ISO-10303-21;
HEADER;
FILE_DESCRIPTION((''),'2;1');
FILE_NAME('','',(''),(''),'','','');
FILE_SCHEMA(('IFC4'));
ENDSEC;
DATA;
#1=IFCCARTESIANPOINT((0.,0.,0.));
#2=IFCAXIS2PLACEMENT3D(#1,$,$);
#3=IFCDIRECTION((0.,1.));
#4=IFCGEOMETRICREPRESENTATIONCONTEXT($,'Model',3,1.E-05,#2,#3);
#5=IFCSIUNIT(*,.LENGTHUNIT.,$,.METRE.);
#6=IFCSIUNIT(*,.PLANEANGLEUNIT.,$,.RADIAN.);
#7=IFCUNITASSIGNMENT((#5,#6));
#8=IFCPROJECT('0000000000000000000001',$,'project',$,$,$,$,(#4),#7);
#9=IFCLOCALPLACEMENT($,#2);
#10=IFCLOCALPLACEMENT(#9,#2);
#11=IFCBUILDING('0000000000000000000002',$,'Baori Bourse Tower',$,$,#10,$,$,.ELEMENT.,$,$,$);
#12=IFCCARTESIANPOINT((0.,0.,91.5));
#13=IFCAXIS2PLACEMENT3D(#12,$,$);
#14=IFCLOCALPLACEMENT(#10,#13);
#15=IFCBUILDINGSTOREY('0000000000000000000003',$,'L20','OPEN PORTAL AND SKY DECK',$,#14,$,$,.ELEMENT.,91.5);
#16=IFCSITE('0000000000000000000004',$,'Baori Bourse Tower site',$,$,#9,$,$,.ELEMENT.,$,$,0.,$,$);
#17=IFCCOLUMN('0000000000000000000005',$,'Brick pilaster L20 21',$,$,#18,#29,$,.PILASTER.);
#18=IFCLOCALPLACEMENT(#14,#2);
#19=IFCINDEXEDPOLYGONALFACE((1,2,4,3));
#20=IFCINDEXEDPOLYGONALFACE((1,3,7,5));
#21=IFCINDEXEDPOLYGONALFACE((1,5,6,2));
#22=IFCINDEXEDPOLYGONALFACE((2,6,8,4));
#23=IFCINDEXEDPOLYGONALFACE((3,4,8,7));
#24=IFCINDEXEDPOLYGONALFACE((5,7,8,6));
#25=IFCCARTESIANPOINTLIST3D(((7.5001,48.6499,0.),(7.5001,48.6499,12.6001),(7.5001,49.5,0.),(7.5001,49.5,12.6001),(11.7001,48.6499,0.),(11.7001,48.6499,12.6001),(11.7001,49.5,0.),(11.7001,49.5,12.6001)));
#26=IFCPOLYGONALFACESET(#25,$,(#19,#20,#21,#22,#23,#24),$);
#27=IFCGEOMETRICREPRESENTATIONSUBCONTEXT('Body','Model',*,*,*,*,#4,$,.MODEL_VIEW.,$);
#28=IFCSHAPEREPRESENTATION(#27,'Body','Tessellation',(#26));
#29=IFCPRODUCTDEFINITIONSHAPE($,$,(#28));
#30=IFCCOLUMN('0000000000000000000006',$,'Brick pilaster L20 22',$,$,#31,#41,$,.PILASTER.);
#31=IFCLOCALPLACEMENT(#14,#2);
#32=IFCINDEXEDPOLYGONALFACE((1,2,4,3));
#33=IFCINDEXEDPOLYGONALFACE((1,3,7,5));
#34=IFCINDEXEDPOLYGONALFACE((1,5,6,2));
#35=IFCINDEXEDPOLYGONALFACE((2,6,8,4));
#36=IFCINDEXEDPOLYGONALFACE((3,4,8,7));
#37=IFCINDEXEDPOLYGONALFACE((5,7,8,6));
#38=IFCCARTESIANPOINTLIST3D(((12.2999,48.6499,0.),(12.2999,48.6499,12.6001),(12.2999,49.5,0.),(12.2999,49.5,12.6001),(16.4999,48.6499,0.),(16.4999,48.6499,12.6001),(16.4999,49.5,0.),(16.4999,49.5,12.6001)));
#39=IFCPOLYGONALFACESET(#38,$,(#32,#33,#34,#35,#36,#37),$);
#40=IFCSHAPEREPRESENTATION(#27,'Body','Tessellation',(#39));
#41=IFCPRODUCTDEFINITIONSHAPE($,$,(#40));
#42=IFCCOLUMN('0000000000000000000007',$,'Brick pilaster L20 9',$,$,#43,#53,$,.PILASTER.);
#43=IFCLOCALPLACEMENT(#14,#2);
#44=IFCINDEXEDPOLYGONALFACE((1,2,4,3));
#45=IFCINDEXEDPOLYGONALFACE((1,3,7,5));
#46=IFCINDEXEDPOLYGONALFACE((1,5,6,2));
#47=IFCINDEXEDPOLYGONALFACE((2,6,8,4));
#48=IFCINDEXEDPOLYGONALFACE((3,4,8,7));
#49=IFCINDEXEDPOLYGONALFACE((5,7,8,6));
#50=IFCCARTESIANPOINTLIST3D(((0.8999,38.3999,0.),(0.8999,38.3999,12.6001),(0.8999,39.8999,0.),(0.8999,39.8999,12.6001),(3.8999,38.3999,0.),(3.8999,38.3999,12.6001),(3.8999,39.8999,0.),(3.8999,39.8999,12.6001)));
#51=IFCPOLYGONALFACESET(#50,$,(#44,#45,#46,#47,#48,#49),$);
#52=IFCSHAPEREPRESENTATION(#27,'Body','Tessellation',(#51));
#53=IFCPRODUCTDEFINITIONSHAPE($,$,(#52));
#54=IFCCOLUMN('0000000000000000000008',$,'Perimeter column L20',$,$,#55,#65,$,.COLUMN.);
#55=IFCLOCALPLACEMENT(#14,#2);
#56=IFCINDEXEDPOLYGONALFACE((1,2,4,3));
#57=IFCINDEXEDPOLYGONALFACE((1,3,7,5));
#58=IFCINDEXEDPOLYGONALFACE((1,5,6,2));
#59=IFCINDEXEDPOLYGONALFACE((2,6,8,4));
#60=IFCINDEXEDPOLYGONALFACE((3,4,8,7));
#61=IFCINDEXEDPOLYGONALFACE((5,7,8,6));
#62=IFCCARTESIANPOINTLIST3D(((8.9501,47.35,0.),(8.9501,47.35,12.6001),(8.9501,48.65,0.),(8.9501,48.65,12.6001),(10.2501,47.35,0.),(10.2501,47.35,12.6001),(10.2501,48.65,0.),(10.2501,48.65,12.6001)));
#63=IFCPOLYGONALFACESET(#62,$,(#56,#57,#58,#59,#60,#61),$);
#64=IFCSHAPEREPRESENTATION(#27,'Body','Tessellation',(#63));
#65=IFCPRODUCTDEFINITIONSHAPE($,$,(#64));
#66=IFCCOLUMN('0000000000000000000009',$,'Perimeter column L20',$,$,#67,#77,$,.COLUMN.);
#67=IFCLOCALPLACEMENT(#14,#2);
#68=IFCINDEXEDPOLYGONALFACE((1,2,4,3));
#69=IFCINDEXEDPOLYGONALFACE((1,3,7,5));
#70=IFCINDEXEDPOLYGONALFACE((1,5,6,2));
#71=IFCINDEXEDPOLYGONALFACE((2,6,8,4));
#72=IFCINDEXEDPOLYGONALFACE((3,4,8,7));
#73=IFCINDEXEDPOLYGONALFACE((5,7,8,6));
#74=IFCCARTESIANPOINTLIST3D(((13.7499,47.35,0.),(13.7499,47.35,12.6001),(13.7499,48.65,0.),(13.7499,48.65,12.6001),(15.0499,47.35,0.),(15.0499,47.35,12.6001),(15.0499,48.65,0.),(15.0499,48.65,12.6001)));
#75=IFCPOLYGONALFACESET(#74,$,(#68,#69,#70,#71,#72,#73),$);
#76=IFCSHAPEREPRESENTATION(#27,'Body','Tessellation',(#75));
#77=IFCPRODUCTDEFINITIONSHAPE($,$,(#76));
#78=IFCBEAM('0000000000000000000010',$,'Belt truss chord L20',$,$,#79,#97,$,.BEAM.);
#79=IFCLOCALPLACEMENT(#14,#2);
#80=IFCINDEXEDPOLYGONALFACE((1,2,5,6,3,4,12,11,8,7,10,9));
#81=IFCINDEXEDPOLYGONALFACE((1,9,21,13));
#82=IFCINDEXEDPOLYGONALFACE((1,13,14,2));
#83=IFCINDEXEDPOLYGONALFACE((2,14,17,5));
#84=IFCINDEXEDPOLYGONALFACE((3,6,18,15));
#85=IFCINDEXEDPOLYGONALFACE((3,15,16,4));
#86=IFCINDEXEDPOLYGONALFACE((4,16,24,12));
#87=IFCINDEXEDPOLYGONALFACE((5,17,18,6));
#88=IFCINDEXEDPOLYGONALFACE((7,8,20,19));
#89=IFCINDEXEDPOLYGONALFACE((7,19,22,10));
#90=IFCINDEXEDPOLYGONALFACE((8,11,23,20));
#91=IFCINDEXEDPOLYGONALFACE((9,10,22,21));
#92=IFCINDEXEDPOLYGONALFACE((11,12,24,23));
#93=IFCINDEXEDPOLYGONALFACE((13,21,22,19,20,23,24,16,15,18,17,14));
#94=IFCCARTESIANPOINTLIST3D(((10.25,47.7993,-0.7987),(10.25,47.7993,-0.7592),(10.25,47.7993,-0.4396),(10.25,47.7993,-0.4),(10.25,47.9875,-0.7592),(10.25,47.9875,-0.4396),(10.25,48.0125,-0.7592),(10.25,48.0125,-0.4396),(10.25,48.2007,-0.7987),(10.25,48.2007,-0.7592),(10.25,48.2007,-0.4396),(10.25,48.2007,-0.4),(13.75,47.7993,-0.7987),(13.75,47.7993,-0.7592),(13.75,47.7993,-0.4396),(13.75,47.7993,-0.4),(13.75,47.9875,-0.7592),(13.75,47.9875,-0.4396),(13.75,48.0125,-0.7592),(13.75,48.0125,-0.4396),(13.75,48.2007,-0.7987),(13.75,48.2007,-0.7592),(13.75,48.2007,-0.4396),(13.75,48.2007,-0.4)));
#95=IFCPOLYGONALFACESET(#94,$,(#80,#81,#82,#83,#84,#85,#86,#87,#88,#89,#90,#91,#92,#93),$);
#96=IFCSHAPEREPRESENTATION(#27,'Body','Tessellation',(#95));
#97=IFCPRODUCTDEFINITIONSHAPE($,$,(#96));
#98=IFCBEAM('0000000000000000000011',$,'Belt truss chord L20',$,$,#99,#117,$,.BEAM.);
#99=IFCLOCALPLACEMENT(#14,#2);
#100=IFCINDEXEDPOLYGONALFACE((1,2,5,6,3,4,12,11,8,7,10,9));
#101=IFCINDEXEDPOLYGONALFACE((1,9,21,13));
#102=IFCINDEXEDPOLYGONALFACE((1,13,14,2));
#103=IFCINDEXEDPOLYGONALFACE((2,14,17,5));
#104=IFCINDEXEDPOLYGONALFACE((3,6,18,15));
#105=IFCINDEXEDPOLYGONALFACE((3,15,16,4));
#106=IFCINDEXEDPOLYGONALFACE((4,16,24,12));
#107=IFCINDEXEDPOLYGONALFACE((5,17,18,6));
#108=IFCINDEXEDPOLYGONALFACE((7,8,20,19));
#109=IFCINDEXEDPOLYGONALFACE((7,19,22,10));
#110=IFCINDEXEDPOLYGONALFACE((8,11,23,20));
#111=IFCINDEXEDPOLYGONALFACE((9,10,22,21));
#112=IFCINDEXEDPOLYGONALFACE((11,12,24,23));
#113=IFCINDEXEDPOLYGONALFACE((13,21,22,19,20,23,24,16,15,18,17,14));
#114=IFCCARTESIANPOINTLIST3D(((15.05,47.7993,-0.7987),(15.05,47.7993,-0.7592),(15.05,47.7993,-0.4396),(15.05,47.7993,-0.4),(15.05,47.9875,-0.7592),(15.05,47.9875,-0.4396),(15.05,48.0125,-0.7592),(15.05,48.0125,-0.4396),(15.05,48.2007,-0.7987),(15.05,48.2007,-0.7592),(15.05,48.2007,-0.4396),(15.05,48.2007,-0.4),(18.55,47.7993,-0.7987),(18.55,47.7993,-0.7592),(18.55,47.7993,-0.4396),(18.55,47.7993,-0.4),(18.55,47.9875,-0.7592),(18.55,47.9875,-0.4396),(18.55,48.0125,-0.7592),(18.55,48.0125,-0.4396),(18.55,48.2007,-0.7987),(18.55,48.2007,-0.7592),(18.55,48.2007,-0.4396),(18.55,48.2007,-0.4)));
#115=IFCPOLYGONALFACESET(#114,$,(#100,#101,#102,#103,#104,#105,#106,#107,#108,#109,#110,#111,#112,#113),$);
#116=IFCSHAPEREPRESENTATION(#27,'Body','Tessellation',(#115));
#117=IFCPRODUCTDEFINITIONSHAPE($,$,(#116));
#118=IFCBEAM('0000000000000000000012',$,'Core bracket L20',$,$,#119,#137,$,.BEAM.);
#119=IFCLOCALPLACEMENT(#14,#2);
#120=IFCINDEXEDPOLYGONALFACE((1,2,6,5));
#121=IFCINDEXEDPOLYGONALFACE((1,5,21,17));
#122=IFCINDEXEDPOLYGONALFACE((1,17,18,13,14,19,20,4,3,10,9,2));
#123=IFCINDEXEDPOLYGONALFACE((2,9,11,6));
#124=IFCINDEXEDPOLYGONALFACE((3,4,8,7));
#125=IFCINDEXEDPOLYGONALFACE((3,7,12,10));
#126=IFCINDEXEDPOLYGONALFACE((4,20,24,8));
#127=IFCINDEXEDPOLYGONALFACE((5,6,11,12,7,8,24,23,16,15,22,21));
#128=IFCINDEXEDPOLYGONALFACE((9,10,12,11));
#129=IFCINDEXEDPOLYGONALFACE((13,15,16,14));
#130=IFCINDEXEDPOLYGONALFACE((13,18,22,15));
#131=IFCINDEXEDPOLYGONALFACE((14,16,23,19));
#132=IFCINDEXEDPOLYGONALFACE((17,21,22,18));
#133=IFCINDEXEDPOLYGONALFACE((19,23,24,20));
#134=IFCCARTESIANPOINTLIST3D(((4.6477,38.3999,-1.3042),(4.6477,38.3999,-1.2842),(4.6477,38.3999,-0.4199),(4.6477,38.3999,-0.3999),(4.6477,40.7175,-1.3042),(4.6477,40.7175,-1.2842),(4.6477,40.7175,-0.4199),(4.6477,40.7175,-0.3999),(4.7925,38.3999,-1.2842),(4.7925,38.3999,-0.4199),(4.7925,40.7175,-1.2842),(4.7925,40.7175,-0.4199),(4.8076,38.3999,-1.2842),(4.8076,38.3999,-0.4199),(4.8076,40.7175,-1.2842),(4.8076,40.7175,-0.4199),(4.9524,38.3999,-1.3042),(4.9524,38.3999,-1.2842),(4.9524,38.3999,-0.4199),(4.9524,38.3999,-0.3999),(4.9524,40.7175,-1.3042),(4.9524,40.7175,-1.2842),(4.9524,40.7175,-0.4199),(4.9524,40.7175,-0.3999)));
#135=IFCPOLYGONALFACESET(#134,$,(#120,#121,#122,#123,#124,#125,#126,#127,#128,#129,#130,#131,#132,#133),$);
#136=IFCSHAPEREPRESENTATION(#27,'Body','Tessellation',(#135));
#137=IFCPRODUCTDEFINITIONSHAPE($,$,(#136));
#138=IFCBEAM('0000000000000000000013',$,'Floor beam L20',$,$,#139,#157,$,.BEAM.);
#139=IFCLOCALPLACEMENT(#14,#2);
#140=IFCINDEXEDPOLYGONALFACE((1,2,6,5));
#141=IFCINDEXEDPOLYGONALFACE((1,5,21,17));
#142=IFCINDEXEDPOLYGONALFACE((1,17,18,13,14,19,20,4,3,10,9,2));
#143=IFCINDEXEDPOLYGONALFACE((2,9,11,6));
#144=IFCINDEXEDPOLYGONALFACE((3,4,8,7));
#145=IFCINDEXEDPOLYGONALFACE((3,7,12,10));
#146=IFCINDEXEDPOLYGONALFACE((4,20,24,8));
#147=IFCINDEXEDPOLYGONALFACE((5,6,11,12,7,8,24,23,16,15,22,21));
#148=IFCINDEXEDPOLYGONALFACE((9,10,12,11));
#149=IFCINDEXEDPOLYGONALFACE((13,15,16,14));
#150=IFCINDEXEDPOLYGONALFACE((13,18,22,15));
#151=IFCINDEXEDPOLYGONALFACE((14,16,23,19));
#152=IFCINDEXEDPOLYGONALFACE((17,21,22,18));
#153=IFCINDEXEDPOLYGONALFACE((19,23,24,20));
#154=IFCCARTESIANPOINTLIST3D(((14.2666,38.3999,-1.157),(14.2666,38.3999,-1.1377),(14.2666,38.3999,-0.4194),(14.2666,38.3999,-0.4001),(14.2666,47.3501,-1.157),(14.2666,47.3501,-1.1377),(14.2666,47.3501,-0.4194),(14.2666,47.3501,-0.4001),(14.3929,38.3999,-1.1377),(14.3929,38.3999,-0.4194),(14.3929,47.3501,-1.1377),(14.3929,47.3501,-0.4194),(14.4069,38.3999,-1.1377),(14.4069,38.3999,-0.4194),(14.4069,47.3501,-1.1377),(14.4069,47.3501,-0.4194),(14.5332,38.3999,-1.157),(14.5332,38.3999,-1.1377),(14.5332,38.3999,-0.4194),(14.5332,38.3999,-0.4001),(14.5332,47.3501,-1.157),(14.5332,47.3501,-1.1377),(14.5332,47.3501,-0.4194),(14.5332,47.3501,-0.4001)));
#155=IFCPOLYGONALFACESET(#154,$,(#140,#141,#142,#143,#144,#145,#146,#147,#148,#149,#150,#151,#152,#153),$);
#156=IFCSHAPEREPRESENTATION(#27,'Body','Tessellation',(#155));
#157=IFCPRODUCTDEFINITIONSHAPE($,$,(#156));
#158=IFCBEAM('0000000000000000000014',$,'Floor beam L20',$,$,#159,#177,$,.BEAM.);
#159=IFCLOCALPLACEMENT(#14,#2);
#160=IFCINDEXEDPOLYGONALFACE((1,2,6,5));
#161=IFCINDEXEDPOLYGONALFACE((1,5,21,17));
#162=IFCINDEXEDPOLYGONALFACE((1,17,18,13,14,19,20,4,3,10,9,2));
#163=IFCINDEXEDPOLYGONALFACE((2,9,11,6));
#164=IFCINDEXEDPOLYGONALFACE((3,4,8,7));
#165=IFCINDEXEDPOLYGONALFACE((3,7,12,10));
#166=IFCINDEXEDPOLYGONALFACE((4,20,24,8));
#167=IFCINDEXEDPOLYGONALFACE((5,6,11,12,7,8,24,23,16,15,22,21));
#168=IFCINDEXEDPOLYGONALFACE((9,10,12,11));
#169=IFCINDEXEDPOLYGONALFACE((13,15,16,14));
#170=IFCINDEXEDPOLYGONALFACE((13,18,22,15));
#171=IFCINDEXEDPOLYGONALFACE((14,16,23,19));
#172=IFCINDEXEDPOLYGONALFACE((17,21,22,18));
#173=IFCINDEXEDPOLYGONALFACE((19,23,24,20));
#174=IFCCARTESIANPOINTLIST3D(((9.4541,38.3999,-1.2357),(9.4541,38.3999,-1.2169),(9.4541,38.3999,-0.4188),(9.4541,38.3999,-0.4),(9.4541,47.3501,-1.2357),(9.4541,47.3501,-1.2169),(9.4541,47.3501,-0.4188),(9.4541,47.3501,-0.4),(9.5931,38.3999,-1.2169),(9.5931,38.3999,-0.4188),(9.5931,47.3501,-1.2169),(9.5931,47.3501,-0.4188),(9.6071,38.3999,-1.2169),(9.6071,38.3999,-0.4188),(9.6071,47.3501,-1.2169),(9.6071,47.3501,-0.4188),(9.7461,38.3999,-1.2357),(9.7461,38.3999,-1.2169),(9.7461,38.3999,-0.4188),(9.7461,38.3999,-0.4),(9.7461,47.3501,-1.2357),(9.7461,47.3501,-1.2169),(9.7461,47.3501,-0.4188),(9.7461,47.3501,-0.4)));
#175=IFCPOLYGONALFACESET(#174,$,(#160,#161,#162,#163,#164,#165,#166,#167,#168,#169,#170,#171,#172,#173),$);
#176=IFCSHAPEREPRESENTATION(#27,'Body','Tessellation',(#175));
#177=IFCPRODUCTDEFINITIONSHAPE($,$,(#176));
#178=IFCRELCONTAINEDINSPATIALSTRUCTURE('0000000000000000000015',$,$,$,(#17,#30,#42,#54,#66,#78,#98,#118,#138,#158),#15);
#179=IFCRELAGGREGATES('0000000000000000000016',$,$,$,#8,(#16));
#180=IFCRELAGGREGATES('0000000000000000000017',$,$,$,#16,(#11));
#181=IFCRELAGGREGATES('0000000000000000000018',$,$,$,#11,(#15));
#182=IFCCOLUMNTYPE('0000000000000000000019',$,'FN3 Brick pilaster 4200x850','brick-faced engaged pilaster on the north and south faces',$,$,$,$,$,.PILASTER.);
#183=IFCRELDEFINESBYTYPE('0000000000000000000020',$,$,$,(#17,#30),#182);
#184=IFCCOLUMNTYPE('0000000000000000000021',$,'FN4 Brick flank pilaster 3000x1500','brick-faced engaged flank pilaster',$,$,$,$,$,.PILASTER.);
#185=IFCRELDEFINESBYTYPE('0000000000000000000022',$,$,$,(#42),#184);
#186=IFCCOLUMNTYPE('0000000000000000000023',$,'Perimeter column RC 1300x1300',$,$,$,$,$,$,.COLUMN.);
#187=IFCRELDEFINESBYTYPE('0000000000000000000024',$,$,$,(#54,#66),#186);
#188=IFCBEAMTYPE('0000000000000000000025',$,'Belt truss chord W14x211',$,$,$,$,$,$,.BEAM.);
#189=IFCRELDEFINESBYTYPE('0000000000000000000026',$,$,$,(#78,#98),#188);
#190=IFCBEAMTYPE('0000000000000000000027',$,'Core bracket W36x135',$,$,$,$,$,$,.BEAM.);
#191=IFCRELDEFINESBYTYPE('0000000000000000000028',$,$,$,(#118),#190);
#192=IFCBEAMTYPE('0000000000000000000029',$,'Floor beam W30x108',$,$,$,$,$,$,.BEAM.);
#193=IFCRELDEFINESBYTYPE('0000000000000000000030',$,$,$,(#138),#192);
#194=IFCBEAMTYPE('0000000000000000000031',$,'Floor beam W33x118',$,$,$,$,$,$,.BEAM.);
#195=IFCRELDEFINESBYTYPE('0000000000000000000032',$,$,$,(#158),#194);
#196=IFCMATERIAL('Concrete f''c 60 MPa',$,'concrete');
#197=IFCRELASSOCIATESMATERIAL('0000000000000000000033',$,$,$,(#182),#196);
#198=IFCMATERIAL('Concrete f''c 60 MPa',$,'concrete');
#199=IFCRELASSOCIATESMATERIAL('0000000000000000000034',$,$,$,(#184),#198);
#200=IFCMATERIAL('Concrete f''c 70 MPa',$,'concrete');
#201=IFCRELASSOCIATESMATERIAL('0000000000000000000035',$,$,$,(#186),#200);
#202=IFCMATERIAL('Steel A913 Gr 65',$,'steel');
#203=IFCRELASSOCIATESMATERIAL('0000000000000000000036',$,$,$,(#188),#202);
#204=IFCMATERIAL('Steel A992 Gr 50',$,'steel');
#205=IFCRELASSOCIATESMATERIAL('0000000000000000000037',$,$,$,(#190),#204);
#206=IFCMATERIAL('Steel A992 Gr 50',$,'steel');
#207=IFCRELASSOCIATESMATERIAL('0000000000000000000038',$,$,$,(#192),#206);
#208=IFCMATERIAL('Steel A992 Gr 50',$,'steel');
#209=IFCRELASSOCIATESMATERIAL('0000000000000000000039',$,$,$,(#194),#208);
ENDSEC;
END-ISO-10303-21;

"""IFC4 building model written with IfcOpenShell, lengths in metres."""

from ifc_helpers import new_model, si_unit, direction, frame, origin, origin_2d, place, context, subcontext, project, spatial, rectangle, i_section, extrude, material, material_profile, profile_set, type_object, element, save


model = new_model("IFC4")

# Units and contexts
model_context = context("Model", 3, precision=1e-05, world=origin(), true_north=direction((0.0, 1.0)))
body_context = subcontext(model_context, "Body", "Model", "MODEL_VIEW")
ifc_project = project(units=[si_unit("LENGTHUNIT", "METRE"), si_unit("PLANEANGLEUNIT", "RADIAN")], contexts=[model_context])

# Site, building, storey
site_placement = place(None, origin())
site = spatial("IfcSite", under=ifc_project, at=site_placement, Name="Baori Bourse Tower site", CompositionType="ELEMENT", RefElevation=0.0)
building_placement = place(site_placement, origin())
building = spatial("IfcBuilding", under=site, at=building_placement, Name="Baori Bourse Tower", CompositionType="ELEMENT")
storey_placement = place(building_placement, frame((0.0, 0.0, 91.5)))
storey = spatial("IfcBuildingStorey", under=building, at=storey_placement, Name="L20", Description="OPEN PORTAL AND SKY DECK", CompositionType="ELEMENT", Elevation=91.5)

# Columns
ifc_material_1 = material(Name="Concrete f'c 60 MPa", Category="concrete")
ifc_material_profile_1 = material_profile(ifc_material_1, rectangle(XDim=4.2, YDim=0.8501, at=origin_2d()), Name="RC 4200x850")
ifc_profile_set_1 = profile_set([ifc_material_profile_1], Name="Concrete f'c 60 MPa")
column_type_1 = type_object("IfcColumnType", Name="FN3 Brick pilaster 4200x850", Description="brick-faced engaged pilaster on the north and south faces", PredefinedType="PILASTER", material=ifc_profile_set_1)
for number, where, z_axis, x_axis, name in (
    (1, (9.6001, 49.075, 0.0), (0.0, 0.0, 1.0), (1.0, 0.0, 0.0), "Brick pilaster L20 21"),
    (2, (14.3999, 49.075, 0.0), (0.0, 0.0, 1.0), (1.0, 0.0, 0.0), "Brick pilaster L20 22"),
):
    element("IfcColumn", number, at=place(storey_placement, frame(where, z_axis=z_axis, x_axis=x_axis)), inside=storey, type_object=column_type_1, Name=name, PredefinedType="PILASTER", context=body_context, shape_type="SweptSolid", body=[
        extrude(rectangle(XDim=4.2, YDim=0.8501, at=origin_2d()), origin(), (0.0, 0.0, 1.0), 12.6001),
    ])
ifc_material_2 = material(Name="Concrete f'c 60 MPa", Category="concrete")
ifc_material_profile_2 = material_profile(ifc_material_2, rectangle(XDim=3.0, YDim=1.5, at=origin_2d()), Name="RC 3000x1500")
ifc_profile_set_2 = profile_set([ifc_material_profile_2], Name="Concrete f'c 60 MPa")
column_type_2 = type_object("IfcColumnType", Name="FN4 Brick flank pilaster 3000x1500", Description="brick-faced engaged flank pilaster", PredefinedType="PILASTER", material=ifc_profile_set_2)
column_placement = place(storey_placement, frame((2.3999, 39.1499, 0.0), z_axis=(0.0, 0.0, 1.0), x_axis=(1.0, 0.0, 0.0)))
element("IfcColumn", 3, at=column_placement, inside=storey, type_object=column_type_2, Name="Brick pilaster L20 9", PredefinedType="PILASTER", context=body_context, shape_type="SweptSolid", body=[
    extrude(rectangle(XDim=3.0, YDim=1.5, at=origin_2d()), origin(), (0.0, 0.0, 1.0), 12.6001),
])
ifc_material_3 = material(Name="Concrete f'c 70 MPa", Category="concrete")
ifc_material_profile_3 = material_profile(ifc_material_3, rectangle(XDim=1.3, YDim=1.3, at=origin_2d()), Name="RC 1300x1300")
ifc_profile_set_3 = profile_set([ifc_material_profile_3], Name="Concrete f'c 70 MPa")
column_type_3 = type_object("IfcColumnType", Name="Perimeter column RC 1300x1300", PredefinedType="COLUMN", material=ifc_profile_set_3)
for number, where, z_axis, x_axis, name in (
    (4, (9.6001, 48.0, 0.0), (0.0, 0.0, 1.0), (1.0, 0.0, 0.0), "Perimeter column L20"),
    (5, (14.3999, 48.0, 0.0), (0.0, 0.0, 1.0), (1.0, 0.0, 0.0), "Perimeter column L20"),
):
    element("IfcColumn", number, at=place(storey_placement, frame(where, z_axis=z_axis, x_axis=x_axis)), inside=storey, type_object=column_type_3, Name=name, PredefinedType="COLUMN", context=body_context, shape_type="SweptSolid", body=[
        extrude(rectangle(XDim=1.3, YDim=1.3, at=origin_2d()), origin(), (0.0, 0.0, 1.0), 12.6001),
    ])

# Beams
ifc_material_4 = material(Name="Steel A913 Gr 65", Category="steel")
ifc_material_profile_4 = material_profile(ifc_material_4, i_section(OverallWidth=0.4014, OverallDepth=0.3987, WebThickness=0.0249, FlangeThickness=0.0396, at=origin_2d()), Name="W14x211")
ifc_profile_set_4 = profile_set([ifc_material_profile_4], Name="Steel A913 Gr 65")
beam_type_1 = type_object("IfcBeamType", Name="Belt truss chord W14x211", PredefinedType="BEAM", material=ifc_profile_set_4)
for number, where, z_axis, x_axis, name in (
    (6, (10.25, 48.0, -0.5994), (1.0, 0.0, 0.0), (0.0, 1.0, 0.0), "Belt truss chord L20"),
    (7, (15.05, 48.0, -0.5994), (1.0, 0.0, 0.0), (0.0, 1.0, 0.0), "Belt truss chord L20"),
):
    element("IfcBeam", number, at=place(storey_placement, frame(where, z_axis=z_axis, x_axis=x_axis)), inside=storey, type_object=beam_type_1, Name=name, PredefinedType="BEAM", context=body_context, shape_type="SweptSolid", body=[
        extrude(i_section(OverallWidth=0.4014, OverallDepth=0.3987, WebThickness=0.0249, FlangeThickness=0.0396, at=origin_2d()), origin(), (0.0, 0.0, 1.0), 3.5),
    ])
ifc_material_5 = material(Name="Steel A992 Gr 50", Category="steel")
ifc_material_profile_5 = material_profile(ifc_material_5, i_section(OverallWidth=0.3047, OverallDepth=0.9043, WebThickness=0.0151, FlangeThickness=0.02, at=origin_2d()), Name="W36x135")
ifc_profile_set_5 = profile_set([ifc_material_profile_5], Name="Steel A992 Gr 50")
beam_type_2 = type_object("IfcBeamType", Name="Core bracket W36x135", PredefinedType="BEAM", material=ifc_profile_set_5)
beam_1_placement = place(storey_placement, frame((4.8, 38.3999, -0.8521), z_axis=(0.0, 1.0, 0.0), x_axis=(-1.0, 0.0, 0.0)))
element("IfcBeam", 8, at=beam_1_placement, inside=storey, type_object=beam_type_2, Name="Core bracket L20", PredefinedType="BEAM", context=body_context, shape_type="SweptSolid", body=[
    extrude(i_section(OverallWidth=0.3047, OverallDepth=0.9043, WebThickness=0.0151, FlangeThickness=0.02, at=origin_2d()), origin(), (0.0, 0.0, 1.0), 2.3176),
])
ifc_material_6 = material(Name="Steel A992 Gr 50", Category="steel")
ifc_material_profile_6 = material_profile(ifc_material_6, i_section(OverallWidth=0.2666, OverallDepth=0.7568, WebThickness=0.0139, FlangeThickness=0.0193, at=origin_2d()), Name="W30x108")
ifc_profile_set_6 = profile_set([ifc_material_profile_6], Name="Steel A992 Gr 50")
beam_type_3 = type_object("IfcBeamType", Name="Floor beam W30x108", PredefinedType="BEAM", material=ifc_profile_set_6)
beam_2_placement = place(storey_placement, frame((14.3999, 38.3999, -0.7786), z_axis=(0.0, 1.0, 0.0), x_axis=(-1.0, 0.0, 0.0)))
element("IfcBeam", 9, at=beam_2_placement, inside=storey, type_object=beam_type_3, Name="Floor beam L20", PredefinedType="BEAM", context=body_context, shape_type="SweptSolid", body=[
    extrude(i_section(OverallWidth=0.2666, OverallDepth=0.7568, WebThickness=0.0139, FlangeThickness=0.0193, at=origin_2d()), origin(), (0.0, 0.0, 1.0), 8.9502),
])
ifc_material_7 = material(Name="Steel A992 Gr 50", Category="steel")
ifc_material_profile_7 = material_profile(ifc_material_7, i_section(OverallWidth=0.292, OverallDepth=0.8357, WebThickness=0.0139, FlangeThickness=0.0188, at=origin_2d()), Name="W33x118")
ifc_profile_set_7 = profile_set([ifc_material_profile_7], Name="Steel A992 Gr 50")
beam_type_4 = type_object("IfcBeamType", Name="Floor beam W33x118", PredefinedType="BEAM", material=ifc_profile_set_7)
beam_3_placement = place(storey_placement, frame((9.6001, 38.3999, -0.8179), z_axis=(0.0, 1.0, 0.0), x_axis=(-1.0, 0.0, 0.0)))
element("IfcBeam", 10, at=beam_3_placement, inside=storey, type_object=beam_type_4, Name="Floor beam L20", PredefinedType="BEAM", context=body_context, shape_type="SweptSolid", body=[
    extrude(i_section(OverallWidth=0.292, OverallDepth=0.8357, WebThickness=0.0139, FlangeThickness=0.0188, at=origin_2d()), origin(), (0.0, 0.0, 1.0), 8.9502),
])

save(model, "model.ifc")
